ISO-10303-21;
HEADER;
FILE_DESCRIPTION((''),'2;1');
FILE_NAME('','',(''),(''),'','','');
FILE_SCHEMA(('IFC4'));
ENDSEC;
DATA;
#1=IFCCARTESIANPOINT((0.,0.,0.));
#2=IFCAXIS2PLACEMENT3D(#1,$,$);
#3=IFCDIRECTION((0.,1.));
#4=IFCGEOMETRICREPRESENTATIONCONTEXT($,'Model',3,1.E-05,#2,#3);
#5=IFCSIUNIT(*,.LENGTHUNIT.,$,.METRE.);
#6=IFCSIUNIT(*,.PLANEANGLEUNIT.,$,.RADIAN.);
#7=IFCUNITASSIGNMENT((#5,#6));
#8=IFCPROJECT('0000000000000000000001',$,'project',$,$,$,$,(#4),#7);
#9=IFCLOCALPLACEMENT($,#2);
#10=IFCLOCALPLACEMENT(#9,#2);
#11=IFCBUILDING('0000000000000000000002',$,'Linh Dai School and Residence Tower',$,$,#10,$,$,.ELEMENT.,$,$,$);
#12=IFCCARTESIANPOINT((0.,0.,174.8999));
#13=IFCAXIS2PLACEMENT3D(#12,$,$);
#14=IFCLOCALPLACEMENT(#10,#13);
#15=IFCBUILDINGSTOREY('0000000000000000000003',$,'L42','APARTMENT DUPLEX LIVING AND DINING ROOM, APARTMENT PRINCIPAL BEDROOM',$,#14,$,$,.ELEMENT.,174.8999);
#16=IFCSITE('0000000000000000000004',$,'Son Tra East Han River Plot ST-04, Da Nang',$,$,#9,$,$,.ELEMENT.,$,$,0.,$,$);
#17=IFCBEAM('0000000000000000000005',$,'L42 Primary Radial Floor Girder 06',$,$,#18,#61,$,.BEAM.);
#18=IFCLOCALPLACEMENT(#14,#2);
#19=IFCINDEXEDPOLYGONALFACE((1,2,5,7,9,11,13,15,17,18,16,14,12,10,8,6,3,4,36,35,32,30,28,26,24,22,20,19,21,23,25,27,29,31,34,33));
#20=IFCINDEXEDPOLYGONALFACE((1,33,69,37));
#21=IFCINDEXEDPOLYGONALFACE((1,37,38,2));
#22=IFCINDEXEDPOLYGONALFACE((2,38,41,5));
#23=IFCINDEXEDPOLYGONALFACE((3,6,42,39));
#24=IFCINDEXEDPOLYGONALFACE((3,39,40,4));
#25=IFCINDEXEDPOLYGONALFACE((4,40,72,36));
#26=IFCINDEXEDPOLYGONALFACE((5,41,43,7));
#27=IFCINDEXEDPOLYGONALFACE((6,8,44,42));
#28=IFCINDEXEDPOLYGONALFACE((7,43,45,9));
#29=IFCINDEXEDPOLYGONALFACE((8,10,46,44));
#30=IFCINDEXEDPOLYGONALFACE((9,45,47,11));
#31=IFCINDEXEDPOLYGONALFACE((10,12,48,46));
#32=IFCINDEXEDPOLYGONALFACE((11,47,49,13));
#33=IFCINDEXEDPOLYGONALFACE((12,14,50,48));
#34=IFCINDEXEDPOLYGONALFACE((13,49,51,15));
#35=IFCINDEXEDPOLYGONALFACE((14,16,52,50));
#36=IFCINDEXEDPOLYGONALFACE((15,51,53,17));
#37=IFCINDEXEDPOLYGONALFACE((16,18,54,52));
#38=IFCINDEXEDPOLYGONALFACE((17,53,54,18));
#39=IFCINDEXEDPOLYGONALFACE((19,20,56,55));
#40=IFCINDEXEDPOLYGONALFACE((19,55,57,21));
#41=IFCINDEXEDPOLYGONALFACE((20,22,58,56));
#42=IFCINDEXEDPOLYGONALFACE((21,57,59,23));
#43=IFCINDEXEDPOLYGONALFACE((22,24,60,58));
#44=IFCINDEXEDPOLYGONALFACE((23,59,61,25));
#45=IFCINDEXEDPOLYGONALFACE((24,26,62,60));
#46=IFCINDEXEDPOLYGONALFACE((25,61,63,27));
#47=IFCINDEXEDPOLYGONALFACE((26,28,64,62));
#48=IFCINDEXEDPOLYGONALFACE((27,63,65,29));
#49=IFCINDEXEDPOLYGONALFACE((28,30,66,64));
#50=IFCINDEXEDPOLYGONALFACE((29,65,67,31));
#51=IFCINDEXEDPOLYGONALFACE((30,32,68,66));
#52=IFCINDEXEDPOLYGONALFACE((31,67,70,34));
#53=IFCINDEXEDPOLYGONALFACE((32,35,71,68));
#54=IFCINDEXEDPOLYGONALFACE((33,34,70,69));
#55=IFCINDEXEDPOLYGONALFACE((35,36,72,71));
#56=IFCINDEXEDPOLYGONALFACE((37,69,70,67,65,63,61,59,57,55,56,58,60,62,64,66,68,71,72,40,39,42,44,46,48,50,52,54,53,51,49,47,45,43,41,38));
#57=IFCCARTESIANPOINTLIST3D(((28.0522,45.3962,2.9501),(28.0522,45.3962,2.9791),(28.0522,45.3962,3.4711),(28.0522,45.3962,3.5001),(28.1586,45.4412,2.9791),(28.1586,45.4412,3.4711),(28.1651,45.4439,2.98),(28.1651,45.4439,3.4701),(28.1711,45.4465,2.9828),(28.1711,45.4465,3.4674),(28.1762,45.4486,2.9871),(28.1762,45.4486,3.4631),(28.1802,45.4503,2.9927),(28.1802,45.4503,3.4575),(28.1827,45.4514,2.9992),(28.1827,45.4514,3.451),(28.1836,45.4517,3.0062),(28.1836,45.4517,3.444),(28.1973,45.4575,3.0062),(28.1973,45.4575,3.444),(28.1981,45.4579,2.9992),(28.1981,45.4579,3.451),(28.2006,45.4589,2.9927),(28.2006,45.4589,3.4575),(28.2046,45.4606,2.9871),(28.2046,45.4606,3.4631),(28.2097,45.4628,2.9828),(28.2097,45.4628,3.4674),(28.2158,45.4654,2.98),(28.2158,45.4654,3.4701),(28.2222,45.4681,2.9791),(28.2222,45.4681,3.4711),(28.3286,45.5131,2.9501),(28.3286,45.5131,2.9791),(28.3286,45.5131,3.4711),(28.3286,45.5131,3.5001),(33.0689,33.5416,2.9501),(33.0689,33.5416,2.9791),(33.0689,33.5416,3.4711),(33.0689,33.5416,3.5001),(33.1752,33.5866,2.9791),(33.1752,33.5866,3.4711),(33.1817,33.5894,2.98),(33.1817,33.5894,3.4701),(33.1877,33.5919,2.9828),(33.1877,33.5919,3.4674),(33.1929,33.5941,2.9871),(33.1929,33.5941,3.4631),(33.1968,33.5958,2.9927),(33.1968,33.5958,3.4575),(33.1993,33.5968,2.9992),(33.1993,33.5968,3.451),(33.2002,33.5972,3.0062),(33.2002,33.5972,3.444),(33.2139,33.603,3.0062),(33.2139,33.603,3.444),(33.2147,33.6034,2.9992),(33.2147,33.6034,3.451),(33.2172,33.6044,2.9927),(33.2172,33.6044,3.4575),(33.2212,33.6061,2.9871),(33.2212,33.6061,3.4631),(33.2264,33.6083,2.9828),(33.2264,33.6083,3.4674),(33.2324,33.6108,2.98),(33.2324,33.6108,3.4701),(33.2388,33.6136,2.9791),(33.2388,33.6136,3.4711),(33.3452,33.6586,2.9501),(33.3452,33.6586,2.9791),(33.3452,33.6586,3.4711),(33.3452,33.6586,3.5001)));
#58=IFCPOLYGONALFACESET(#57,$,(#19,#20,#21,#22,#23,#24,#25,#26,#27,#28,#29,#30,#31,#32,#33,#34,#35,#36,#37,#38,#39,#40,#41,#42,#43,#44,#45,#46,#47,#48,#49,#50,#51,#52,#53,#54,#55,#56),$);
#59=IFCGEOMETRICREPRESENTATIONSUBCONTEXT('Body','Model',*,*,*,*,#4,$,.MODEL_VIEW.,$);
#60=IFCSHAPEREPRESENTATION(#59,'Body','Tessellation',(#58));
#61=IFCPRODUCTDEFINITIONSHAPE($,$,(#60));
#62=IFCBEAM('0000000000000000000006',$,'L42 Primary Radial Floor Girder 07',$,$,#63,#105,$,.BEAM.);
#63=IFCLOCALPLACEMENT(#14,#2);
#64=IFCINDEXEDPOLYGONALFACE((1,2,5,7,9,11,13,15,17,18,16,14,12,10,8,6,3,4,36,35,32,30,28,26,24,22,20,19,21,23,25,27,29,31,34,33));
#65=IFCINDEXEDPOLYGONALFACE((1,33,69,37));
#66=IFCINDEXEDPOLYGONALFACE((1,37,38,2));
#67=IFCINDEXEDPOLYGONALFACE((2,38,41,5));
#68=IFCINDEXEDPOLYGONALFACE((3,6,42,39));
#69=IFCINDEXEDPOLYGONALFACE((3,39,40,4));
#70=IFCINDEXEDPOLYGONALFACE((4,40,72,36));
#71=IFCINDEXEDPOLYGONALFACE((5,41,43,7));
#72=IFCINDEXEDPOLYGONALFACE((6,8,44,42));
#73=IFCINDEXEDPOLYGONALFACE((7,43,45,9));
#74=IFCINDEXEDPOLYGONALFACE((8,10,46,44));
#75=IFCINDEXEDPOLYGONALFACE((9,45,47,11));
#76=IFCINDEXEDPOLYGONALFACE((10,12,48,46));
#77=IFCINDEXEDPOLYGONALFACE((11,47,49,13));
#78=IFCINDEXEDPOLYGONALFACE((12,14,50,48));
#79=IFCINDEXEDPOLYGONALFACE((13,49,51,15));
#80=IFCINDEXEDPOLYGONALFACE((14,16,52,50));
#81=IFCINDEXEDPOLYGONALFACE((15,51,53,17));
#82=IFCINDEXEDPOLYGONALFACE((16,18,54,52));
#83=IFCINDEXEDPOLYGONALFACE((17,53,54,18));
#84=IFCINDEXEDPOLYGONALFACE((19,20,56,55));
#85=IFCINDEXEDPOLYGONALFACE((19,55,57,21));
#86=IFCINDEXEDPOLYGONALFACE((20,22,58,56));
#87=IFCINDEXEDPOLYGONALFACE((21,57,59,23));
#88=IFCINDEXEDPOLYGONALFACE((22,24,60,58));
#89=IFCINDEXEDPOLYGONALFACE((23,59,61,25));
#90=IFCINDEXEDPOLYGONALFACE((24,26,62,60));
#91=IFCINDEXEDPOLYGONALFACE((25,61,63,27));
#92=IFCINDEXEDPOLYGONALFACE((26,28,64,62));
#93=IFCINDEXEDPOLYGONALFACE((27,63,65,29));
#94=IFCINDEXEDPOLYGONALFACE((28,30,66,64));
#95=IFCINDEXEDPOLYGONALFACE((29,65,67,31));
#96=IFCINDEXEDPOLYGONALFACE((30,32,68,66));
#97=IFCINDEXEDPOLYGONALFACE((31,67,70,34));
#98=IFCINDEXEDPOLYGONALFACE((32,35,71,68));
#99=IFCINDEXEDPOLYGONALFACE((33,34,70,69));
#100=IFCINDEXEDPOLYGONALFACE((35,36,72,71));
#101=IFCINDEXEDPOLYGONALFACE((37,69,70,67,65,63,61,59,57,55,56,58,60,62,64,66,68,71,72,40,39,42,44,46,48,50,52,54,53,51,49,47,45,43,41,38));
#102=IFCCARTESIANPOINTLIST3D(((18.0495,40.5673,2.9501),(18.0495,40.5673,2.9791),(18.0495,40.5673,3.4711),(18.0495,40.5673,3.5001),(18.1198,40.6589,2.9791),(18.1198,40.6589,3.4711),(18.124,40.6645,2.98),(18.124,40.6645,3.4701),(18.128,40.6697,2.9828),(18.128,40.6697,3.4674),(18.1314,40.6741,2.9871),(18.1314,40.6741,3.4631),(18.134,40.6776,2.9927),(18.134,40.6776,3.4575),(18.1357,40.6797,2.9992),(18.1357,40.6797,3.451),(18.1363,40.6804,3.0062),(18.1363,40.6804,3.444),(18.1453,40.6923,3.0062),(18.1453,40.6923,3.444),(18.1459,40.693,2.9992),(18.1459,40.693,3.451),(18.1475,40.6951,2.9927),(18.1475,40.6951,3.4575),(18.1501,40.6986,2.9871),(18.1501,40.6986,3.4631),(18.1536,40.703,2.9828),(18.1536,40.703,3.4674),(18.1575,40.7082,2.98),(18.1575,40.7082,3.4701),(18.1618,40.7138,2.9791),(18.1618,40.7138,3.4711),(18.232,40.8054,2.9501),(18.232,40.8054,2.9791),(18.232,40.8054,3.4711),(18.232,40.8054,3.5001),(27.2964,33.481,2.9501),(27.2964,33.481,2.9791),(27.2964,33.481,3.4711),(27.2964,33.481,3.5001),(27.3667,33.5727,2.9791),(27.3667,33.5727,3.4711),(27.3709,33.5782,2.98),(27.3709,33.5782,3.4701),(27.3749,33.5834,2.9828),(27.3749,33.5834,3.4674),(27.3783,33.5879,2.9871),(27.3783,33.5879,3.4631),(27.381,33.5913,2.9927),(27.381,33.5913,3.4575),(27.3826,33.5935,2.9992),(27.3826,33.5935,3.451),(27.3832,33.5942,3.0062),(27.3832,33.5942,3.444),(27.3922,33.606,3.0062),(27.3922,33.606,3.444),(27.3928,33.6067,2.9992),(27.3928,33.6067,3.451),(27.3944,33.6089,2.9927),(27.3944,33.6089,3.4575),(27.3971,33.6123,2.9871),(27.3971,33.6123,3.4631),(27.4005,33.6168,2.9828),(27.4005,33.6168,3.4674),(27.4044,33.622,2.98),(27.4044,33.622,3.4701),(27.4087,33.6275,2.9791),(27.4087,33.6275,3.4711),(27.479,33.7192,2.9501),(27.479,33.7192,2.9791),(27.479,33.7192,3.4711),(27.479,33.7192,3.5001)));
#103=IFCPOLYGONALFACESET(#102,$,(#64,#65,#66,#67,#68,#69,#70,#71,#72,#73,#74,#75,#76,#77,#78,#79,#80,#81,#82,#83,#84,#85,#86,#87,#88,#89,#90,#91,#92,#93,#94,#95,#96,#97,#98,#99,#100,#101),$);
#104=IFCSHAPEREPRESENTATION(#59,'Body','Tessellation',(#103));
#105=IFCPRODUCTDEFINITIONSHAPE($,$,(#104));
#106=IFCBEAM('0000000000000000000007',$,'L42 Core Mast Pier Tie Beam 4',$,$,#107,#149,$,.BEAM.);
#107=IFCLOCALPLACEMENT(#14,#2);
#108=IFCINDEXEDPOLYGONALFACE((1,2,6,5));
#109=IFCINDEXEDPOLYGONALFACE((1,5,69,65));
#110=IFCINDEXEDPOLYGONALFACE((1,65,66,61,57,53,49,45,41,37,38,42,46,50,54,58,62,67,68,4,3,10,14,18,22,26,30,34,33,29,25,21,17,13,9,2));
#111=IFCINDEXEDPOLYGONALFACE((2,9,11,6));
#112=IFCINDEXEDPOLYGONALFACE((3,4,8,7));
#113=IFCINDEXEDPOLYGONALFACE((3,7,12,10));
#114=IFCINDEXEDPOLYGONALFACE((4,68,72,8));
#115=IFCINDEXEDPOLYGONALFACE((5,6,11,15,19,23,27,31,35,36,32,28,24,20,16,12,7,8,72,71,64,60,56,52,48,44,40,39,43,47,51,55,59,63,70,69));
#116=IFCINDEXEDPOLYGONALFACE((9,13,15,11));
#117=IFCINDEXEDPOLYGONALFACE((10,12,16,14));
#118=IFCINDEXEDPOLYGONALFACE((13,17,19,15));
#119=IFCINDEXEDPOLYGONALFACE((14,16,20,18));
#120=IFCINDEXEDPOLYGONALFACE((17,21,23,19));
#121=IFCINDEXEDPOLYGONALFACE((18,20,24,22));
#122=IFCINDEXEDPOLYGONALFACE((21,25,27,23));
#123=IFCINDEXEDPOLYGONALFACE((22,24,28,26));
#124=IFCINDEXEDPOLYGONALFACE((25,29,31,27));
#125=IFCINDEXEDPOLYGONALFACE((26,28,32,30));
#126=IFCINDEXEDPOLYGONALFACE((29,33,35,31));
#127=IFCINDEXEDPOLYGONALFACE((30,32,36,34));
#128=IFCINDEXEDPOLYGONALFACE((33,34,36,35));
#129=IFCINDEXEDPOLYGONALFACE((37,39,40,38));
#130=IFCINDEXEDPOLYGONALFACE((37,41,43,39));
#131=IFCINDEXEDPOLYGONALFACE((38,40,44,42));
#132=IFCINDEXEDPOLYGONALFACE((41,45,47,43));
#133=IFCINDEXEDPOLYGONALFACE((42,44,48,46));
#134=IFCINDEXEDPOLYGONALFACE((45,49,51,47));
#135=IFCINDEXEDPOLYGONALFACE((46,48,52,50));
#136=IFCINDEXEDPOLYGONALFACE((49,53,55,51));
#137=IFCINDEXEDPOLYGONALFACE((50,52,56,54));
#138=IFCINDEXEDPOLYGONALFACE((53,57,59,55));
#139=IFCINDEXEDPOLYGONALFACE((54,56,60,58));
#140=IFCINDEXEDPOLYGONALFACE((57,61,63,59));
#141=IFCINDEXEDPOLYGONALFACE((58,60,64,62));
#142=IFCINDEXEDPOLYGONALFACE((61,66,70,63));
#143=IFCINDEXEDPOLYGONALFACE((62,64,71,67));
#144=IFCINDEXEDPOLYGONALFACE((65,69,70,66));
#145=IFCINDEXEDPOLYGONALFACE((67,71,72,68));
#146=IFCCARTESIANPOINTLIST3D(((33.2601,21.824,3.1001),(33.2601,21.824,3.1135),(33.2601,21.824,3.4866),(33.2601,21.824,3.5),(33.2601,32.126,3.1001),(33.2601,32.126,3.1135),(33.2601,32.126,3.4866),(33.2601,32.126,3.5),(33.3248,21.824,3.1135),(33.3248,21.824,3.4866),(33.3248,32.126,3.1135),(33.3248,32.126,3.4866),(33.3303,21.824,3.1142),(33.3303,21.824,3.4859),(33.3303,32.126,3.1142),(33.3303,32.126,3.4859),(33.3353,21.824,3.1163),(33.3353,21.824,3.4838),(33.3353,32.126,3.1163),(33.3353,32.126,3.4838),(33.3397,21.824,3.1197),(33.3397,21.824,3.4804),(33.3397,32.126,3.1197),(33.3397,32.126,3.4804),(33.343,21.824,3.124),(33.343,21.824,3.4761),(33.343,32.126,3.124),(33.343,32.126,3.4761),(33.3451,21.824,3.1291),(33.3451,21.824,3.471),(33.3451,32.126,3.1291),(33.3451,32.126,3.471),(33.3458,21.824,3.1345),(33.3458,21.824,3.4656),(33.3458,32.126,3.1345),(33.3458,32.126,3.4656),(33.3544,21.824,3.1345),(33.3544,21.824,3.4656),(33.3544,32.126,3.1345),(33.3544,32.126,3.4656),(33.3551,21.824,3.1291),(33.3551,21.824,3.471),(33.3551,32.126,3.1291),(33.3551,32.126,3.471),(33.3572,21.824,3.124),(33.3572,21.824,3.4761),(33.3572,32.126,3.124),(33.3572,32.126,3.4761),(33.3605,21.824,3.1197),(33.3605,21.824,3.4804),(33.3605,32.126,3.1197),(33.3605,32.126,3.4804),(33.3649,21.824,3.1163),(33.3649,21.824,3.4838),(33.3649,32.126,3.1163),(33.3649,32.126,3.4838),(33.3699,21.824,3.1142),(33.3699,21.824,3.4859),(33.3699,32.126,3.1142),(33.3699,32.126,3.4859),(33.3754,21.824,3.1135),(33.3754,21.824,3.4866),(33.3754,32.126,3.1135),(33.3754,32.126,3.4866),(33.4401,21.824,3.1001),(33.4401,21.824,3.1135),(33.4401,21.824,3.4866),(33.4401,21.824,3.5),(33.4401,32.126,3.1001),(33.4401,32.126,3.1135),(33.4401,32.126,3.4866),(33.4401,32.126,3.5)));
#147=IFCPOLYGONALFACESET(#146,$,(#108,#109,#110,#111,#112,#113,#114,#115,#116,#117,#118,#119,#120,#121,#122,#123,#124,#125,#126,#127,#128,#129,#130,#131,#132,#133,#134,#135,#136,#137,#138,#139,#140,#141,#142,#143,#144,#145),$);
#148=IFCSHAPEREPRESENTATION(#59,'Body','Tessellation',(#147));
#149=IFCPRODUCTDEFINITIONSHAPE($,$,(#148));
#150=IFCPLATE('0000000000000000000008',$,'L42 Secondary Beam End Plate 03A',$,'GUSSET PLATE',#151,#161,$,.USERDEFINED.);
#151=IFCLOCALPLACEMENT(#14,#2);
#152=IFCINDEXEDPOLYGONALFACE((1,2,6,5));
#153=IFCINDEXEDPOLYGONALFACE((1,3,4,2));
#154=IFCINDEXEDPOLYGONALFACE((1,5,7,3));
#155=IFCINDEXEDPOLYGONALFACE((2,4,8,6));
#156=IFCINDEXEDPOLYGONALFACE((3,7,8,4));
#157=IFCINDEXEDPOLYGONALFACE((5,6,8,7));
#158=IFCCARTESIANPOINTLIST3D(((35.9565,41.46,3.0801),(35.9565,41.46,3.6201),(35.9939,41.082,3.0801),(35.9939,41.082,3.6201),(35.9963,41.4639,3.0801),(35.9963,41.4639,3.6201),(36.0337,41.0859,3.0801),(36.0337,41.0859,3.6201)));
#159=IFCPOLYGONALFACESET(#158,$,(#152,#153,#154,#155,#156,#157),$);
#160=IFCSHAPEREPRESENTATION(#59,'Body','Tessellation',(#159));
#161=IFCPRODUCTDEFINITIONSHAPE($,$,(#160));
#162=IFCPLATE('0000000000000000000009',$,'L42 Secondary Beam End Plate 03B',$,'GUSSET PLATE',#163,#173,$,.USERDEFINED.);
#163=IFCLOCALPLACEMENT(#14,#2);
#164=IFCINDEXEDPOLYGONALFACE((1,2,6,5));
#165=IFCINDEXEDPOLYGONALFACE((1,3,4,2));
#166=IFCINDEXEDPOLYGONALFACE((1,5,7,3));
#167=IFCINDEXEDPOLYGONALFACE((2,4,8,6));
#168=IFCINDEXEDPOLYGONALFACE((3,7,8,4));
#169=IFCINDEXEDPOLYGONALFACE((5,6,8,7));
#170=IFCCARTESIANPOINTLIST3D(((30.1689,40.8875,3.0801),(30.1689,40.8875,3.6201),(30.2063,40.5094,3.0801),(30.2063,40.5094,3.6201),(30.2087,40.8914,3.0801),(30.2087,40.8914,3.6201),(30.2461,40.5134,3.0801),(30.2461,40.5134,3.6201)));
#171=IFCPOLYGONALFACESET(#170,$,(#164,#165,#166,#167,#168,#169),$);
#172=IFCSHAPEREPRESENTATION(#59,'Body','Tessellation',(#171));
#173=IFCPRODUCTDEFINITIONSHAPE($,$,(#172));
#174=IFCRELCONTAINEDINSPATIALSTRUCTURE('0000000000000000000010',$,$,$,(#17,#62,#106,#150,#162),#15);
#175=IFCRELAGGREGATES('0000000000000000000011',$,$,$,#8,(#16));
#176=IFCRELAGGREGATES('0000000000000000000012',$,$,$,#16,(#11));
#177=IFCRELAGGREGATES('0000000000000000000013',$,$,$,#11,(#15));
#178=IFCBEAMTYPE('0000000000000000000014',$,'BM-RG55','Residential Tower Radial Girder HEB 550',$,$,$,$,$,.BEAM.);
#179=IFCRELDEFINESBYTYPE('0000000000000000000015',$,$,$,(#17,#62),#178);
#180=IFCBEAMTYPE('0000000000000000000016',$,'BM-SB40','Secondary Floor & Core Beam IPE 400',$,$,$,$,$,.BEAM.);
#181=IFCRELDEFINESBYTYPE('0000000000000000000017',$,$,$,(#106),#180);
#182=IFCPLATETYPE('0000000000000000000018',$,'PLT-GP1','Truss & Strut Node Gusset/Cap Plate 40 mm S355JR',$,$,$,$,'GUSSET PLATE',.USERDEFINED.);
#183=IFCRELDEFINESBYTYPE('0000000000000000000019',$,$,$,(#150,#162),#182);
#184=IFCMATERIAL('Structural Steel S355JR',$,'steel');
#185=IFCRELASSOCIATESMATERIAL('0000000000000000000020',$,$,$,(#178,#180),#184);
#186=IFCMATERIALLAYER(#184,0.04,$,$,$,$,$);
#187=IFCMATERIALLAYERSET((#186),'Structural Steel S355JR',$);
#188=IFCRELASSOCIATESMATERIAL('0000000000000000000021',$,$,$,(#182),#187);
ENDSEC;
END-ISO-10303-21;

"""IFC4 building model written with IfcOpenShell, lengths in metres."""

from ifc_helpers import new_model, si_unit, direction, frame, origin, origin_2d, place, context, subcontext, project, spatial, rectangle, i_section, extrude, source, transform, mapped, material, layer, layer_set, material_profile, profile_set, type_object, element, save


model = new_model("IFC4")

# Units and contexts
model_context = context("Model", 3, precision=1e-05, world=origin(), true_north=direction((0.0, 1.0)))
body_context = subcontext(model_context, "Body", "Model", "MODEL_VIEW")
ifc_project = project(units=[si_unit("LENGTHUNIT", "METRE"), si_unit("PLANEANGLEUNIT", "RADIAN")], contexts=[model_context])

# Site, building, storey
site_placement = place(None, origin())
site = spatial("IfcSite", under=ifc_project, at=site_placement, Name="Son Tra East Han River Plot ST-04, Da Nang", CompositionType="ELEMENT", RefElevation=0.0)
building_placement = place(site_placement, origin())
building = spatial("IfcBuilding", under=site, at=building_placement, Name="Linh Dai School and Residence Tower", CompositionType="ELEMENT")
storey_placement = place(building_placement, frame((0.0, 0.0, 174.8999)))
storey = spatial("IfcBuildingStorey", under=building, at=storey_placement, Name="L42", Description="APARTMENT DUPLEX LIVING AND DINING ROOM, APARTMENT PRINCIPAL BEDROOM", CompositionType="ELEMENT", Elevation=174.8999)

# Shared definitions
ifc_material_1 = material(Name="Structural Steel S355JR", Category="steel")

# Beams
ifc_material_profile_1 = material_profile(ifc_material_1, i_section(OverallWidth=0.3, OverallDepth=0.55, WebThickness=0.0149, FlangeThickness=0.0291, FilletRadius=0.0271, at=origin_2d()), Name="HEB 550")
ifc_profile_set_1 = profile_set([ifc_material_profile_1], Name="Structural Steel S355JR")
beam_type_1 = type_object("IfcBeamType", Name="BM-RG55", Description="Residential Tower Radial Girder HEB 550", PredefinedType="BEAM", material=ifc_profile_set_1)
beam_1_placement = place(storey_placement, frame((33.207, 33.6001, 3.2251), z_axis=(-0.389722, 0.920933, 0.0), x_axis=(-0.920933, -0.389722, 0.0)))
element("IfcBeam", 1, at=beam_1_placement, inside=storey, type_object=beam_type_1, Name="L42 Primary Radial Floor Girder 06", PredefinedType="BEAM", context=body_context, shape_type="SweptSolid", body=[
    extrude(i_section(OverallWidth=0.3, OverallDepth=0.55, WebThickness=0.0149, FlangeThickness=0.0291, FilletRadius=0.0271, at=origin_2d()), origin(), (0.0, 0.0, 1.0), 12.8723),
])
beam_2_placement = place(storey_placement, frame((27.3877, 33.6001, 3.2251), z_axis=(-0.793733, 0.608267, 0.0), x_axis=(-0.608267, -0.793733, 0.0)))
element("IfcBeam", 2, at=beam_2_placement, inside=storey, type_object=beam_type_1, Name="L42 Primary Radial Floor Girder 07", PredefinedType="BEAM", context=body_context, shape_type="SweptSolid", body=[
    extrude(i_section(OverallWidth=0.3, OverallDepth=0.55, WebThickness=0.0149, FlangeThickness=0.0291, FilletRadius=0.0271, at=origin_2d()), origin(), (0.0, 0.0, 1.0), 11.6499),
])
ifc_material_profile_2 = material_profile(ifc_material_1, i_section(OverallWidth=0.1799, OverallDepth=0.3999, WebThickness=0.0085, FlangeThickness=0.0134, FilletRadius=0.021, at=origin_2d()), Name="IPE 400")
ifc_profile_set_2 = profile_set([ifc_material_profile_2], Name="Structural Steel S355JR")
beam_type_2 = type_object("IfcBeamType", Name="BM-SB40", Description="Secondary Floor & Core Beam IPE 400", PredefinedType="BEAM", material=ifc_profile_set_2)
beam_3_placement = place(storey_placement, frame((33.3501, 32.126, 3.3), z_axis=(0.0, -1.0, 0.0), x_axis=(1.0, 0.0, 0.0)))
element("IfcBeam", 3, at=beam_3_placement, inside=storey, type_object=beam_type_2, Name="L42 Core Mast Pier Tie Beam 4", PredefinedType="BEAM", context=body_context, shape_type="SweptSolid", body=[
    extrude(i_section(OverallWidth=0.1799, OverallDepth=0.3999, WebThickness=0.0085, FlangeThickness=0.0134, FilletRadius=0.021, at=origin_2d()), origin(), (0.0, 0.0, 1.0), 10.302),
])

# Plates
ifc_layer_1 = layer(ifc_material_1, 0.04)
ifc_layer_set_1 = layer_set([ifc_layer_1], Name="Structural Steel S355JR")
plate_type = type_object("IfcPlateType", Name="PLT-GP1", Description="Truss & Strut Node Gusset/Cap Plate 40 mm S355JR", ElementType="GUSSET PLATE", PredefinedType="USERDEFINED", material=ifc_layer_set_1)
shared_shape_1 = source(origin(), body_context, "Body", "SweptSolid", [
    extrude(rectangle(XDim=0.04, YDim=0.3799, at=origin_2d()), origin(), (0.0, 0.0, 1.0), 0.54),
])
for number, where, z_axis, x_axis, name in (
    (4, (35.9951, 41.2729, 3.0801), (0.0, 0.0, 1.0), (-0.995145, -0.098423, 0.0), "L42 Secondary Beam End Plate 03A"),
    (5, (30.2075, 40.7004, 3.0801), (0.0, 0.0, 1.0), (-0.995145, -0.098423, 0.0), "L42 Secondary Beam End Plate 03B"),
):
    element("IfcPlate", number, at=place(storey_placement, frame(where, z_axis=z_axis, x_axis=x_axis)), inside=storey, type_object=plate_type, Name=name, ObjectType="GUSSET PLATE", PredefinedType="USERDEFINED", context=body_context, shape_type="MappedRepresentation", body=[
        mapped(shared_shape_1, transform((0.0, 0.0, 0.0), x_axis=(1.0, 0.0, 0.0), y_axis=(0.0, 1.0, 0.0), z_axis=(0.0, 0.0, 1.0), scale=1.0)),
    ])

save(model, "model.ifc")
